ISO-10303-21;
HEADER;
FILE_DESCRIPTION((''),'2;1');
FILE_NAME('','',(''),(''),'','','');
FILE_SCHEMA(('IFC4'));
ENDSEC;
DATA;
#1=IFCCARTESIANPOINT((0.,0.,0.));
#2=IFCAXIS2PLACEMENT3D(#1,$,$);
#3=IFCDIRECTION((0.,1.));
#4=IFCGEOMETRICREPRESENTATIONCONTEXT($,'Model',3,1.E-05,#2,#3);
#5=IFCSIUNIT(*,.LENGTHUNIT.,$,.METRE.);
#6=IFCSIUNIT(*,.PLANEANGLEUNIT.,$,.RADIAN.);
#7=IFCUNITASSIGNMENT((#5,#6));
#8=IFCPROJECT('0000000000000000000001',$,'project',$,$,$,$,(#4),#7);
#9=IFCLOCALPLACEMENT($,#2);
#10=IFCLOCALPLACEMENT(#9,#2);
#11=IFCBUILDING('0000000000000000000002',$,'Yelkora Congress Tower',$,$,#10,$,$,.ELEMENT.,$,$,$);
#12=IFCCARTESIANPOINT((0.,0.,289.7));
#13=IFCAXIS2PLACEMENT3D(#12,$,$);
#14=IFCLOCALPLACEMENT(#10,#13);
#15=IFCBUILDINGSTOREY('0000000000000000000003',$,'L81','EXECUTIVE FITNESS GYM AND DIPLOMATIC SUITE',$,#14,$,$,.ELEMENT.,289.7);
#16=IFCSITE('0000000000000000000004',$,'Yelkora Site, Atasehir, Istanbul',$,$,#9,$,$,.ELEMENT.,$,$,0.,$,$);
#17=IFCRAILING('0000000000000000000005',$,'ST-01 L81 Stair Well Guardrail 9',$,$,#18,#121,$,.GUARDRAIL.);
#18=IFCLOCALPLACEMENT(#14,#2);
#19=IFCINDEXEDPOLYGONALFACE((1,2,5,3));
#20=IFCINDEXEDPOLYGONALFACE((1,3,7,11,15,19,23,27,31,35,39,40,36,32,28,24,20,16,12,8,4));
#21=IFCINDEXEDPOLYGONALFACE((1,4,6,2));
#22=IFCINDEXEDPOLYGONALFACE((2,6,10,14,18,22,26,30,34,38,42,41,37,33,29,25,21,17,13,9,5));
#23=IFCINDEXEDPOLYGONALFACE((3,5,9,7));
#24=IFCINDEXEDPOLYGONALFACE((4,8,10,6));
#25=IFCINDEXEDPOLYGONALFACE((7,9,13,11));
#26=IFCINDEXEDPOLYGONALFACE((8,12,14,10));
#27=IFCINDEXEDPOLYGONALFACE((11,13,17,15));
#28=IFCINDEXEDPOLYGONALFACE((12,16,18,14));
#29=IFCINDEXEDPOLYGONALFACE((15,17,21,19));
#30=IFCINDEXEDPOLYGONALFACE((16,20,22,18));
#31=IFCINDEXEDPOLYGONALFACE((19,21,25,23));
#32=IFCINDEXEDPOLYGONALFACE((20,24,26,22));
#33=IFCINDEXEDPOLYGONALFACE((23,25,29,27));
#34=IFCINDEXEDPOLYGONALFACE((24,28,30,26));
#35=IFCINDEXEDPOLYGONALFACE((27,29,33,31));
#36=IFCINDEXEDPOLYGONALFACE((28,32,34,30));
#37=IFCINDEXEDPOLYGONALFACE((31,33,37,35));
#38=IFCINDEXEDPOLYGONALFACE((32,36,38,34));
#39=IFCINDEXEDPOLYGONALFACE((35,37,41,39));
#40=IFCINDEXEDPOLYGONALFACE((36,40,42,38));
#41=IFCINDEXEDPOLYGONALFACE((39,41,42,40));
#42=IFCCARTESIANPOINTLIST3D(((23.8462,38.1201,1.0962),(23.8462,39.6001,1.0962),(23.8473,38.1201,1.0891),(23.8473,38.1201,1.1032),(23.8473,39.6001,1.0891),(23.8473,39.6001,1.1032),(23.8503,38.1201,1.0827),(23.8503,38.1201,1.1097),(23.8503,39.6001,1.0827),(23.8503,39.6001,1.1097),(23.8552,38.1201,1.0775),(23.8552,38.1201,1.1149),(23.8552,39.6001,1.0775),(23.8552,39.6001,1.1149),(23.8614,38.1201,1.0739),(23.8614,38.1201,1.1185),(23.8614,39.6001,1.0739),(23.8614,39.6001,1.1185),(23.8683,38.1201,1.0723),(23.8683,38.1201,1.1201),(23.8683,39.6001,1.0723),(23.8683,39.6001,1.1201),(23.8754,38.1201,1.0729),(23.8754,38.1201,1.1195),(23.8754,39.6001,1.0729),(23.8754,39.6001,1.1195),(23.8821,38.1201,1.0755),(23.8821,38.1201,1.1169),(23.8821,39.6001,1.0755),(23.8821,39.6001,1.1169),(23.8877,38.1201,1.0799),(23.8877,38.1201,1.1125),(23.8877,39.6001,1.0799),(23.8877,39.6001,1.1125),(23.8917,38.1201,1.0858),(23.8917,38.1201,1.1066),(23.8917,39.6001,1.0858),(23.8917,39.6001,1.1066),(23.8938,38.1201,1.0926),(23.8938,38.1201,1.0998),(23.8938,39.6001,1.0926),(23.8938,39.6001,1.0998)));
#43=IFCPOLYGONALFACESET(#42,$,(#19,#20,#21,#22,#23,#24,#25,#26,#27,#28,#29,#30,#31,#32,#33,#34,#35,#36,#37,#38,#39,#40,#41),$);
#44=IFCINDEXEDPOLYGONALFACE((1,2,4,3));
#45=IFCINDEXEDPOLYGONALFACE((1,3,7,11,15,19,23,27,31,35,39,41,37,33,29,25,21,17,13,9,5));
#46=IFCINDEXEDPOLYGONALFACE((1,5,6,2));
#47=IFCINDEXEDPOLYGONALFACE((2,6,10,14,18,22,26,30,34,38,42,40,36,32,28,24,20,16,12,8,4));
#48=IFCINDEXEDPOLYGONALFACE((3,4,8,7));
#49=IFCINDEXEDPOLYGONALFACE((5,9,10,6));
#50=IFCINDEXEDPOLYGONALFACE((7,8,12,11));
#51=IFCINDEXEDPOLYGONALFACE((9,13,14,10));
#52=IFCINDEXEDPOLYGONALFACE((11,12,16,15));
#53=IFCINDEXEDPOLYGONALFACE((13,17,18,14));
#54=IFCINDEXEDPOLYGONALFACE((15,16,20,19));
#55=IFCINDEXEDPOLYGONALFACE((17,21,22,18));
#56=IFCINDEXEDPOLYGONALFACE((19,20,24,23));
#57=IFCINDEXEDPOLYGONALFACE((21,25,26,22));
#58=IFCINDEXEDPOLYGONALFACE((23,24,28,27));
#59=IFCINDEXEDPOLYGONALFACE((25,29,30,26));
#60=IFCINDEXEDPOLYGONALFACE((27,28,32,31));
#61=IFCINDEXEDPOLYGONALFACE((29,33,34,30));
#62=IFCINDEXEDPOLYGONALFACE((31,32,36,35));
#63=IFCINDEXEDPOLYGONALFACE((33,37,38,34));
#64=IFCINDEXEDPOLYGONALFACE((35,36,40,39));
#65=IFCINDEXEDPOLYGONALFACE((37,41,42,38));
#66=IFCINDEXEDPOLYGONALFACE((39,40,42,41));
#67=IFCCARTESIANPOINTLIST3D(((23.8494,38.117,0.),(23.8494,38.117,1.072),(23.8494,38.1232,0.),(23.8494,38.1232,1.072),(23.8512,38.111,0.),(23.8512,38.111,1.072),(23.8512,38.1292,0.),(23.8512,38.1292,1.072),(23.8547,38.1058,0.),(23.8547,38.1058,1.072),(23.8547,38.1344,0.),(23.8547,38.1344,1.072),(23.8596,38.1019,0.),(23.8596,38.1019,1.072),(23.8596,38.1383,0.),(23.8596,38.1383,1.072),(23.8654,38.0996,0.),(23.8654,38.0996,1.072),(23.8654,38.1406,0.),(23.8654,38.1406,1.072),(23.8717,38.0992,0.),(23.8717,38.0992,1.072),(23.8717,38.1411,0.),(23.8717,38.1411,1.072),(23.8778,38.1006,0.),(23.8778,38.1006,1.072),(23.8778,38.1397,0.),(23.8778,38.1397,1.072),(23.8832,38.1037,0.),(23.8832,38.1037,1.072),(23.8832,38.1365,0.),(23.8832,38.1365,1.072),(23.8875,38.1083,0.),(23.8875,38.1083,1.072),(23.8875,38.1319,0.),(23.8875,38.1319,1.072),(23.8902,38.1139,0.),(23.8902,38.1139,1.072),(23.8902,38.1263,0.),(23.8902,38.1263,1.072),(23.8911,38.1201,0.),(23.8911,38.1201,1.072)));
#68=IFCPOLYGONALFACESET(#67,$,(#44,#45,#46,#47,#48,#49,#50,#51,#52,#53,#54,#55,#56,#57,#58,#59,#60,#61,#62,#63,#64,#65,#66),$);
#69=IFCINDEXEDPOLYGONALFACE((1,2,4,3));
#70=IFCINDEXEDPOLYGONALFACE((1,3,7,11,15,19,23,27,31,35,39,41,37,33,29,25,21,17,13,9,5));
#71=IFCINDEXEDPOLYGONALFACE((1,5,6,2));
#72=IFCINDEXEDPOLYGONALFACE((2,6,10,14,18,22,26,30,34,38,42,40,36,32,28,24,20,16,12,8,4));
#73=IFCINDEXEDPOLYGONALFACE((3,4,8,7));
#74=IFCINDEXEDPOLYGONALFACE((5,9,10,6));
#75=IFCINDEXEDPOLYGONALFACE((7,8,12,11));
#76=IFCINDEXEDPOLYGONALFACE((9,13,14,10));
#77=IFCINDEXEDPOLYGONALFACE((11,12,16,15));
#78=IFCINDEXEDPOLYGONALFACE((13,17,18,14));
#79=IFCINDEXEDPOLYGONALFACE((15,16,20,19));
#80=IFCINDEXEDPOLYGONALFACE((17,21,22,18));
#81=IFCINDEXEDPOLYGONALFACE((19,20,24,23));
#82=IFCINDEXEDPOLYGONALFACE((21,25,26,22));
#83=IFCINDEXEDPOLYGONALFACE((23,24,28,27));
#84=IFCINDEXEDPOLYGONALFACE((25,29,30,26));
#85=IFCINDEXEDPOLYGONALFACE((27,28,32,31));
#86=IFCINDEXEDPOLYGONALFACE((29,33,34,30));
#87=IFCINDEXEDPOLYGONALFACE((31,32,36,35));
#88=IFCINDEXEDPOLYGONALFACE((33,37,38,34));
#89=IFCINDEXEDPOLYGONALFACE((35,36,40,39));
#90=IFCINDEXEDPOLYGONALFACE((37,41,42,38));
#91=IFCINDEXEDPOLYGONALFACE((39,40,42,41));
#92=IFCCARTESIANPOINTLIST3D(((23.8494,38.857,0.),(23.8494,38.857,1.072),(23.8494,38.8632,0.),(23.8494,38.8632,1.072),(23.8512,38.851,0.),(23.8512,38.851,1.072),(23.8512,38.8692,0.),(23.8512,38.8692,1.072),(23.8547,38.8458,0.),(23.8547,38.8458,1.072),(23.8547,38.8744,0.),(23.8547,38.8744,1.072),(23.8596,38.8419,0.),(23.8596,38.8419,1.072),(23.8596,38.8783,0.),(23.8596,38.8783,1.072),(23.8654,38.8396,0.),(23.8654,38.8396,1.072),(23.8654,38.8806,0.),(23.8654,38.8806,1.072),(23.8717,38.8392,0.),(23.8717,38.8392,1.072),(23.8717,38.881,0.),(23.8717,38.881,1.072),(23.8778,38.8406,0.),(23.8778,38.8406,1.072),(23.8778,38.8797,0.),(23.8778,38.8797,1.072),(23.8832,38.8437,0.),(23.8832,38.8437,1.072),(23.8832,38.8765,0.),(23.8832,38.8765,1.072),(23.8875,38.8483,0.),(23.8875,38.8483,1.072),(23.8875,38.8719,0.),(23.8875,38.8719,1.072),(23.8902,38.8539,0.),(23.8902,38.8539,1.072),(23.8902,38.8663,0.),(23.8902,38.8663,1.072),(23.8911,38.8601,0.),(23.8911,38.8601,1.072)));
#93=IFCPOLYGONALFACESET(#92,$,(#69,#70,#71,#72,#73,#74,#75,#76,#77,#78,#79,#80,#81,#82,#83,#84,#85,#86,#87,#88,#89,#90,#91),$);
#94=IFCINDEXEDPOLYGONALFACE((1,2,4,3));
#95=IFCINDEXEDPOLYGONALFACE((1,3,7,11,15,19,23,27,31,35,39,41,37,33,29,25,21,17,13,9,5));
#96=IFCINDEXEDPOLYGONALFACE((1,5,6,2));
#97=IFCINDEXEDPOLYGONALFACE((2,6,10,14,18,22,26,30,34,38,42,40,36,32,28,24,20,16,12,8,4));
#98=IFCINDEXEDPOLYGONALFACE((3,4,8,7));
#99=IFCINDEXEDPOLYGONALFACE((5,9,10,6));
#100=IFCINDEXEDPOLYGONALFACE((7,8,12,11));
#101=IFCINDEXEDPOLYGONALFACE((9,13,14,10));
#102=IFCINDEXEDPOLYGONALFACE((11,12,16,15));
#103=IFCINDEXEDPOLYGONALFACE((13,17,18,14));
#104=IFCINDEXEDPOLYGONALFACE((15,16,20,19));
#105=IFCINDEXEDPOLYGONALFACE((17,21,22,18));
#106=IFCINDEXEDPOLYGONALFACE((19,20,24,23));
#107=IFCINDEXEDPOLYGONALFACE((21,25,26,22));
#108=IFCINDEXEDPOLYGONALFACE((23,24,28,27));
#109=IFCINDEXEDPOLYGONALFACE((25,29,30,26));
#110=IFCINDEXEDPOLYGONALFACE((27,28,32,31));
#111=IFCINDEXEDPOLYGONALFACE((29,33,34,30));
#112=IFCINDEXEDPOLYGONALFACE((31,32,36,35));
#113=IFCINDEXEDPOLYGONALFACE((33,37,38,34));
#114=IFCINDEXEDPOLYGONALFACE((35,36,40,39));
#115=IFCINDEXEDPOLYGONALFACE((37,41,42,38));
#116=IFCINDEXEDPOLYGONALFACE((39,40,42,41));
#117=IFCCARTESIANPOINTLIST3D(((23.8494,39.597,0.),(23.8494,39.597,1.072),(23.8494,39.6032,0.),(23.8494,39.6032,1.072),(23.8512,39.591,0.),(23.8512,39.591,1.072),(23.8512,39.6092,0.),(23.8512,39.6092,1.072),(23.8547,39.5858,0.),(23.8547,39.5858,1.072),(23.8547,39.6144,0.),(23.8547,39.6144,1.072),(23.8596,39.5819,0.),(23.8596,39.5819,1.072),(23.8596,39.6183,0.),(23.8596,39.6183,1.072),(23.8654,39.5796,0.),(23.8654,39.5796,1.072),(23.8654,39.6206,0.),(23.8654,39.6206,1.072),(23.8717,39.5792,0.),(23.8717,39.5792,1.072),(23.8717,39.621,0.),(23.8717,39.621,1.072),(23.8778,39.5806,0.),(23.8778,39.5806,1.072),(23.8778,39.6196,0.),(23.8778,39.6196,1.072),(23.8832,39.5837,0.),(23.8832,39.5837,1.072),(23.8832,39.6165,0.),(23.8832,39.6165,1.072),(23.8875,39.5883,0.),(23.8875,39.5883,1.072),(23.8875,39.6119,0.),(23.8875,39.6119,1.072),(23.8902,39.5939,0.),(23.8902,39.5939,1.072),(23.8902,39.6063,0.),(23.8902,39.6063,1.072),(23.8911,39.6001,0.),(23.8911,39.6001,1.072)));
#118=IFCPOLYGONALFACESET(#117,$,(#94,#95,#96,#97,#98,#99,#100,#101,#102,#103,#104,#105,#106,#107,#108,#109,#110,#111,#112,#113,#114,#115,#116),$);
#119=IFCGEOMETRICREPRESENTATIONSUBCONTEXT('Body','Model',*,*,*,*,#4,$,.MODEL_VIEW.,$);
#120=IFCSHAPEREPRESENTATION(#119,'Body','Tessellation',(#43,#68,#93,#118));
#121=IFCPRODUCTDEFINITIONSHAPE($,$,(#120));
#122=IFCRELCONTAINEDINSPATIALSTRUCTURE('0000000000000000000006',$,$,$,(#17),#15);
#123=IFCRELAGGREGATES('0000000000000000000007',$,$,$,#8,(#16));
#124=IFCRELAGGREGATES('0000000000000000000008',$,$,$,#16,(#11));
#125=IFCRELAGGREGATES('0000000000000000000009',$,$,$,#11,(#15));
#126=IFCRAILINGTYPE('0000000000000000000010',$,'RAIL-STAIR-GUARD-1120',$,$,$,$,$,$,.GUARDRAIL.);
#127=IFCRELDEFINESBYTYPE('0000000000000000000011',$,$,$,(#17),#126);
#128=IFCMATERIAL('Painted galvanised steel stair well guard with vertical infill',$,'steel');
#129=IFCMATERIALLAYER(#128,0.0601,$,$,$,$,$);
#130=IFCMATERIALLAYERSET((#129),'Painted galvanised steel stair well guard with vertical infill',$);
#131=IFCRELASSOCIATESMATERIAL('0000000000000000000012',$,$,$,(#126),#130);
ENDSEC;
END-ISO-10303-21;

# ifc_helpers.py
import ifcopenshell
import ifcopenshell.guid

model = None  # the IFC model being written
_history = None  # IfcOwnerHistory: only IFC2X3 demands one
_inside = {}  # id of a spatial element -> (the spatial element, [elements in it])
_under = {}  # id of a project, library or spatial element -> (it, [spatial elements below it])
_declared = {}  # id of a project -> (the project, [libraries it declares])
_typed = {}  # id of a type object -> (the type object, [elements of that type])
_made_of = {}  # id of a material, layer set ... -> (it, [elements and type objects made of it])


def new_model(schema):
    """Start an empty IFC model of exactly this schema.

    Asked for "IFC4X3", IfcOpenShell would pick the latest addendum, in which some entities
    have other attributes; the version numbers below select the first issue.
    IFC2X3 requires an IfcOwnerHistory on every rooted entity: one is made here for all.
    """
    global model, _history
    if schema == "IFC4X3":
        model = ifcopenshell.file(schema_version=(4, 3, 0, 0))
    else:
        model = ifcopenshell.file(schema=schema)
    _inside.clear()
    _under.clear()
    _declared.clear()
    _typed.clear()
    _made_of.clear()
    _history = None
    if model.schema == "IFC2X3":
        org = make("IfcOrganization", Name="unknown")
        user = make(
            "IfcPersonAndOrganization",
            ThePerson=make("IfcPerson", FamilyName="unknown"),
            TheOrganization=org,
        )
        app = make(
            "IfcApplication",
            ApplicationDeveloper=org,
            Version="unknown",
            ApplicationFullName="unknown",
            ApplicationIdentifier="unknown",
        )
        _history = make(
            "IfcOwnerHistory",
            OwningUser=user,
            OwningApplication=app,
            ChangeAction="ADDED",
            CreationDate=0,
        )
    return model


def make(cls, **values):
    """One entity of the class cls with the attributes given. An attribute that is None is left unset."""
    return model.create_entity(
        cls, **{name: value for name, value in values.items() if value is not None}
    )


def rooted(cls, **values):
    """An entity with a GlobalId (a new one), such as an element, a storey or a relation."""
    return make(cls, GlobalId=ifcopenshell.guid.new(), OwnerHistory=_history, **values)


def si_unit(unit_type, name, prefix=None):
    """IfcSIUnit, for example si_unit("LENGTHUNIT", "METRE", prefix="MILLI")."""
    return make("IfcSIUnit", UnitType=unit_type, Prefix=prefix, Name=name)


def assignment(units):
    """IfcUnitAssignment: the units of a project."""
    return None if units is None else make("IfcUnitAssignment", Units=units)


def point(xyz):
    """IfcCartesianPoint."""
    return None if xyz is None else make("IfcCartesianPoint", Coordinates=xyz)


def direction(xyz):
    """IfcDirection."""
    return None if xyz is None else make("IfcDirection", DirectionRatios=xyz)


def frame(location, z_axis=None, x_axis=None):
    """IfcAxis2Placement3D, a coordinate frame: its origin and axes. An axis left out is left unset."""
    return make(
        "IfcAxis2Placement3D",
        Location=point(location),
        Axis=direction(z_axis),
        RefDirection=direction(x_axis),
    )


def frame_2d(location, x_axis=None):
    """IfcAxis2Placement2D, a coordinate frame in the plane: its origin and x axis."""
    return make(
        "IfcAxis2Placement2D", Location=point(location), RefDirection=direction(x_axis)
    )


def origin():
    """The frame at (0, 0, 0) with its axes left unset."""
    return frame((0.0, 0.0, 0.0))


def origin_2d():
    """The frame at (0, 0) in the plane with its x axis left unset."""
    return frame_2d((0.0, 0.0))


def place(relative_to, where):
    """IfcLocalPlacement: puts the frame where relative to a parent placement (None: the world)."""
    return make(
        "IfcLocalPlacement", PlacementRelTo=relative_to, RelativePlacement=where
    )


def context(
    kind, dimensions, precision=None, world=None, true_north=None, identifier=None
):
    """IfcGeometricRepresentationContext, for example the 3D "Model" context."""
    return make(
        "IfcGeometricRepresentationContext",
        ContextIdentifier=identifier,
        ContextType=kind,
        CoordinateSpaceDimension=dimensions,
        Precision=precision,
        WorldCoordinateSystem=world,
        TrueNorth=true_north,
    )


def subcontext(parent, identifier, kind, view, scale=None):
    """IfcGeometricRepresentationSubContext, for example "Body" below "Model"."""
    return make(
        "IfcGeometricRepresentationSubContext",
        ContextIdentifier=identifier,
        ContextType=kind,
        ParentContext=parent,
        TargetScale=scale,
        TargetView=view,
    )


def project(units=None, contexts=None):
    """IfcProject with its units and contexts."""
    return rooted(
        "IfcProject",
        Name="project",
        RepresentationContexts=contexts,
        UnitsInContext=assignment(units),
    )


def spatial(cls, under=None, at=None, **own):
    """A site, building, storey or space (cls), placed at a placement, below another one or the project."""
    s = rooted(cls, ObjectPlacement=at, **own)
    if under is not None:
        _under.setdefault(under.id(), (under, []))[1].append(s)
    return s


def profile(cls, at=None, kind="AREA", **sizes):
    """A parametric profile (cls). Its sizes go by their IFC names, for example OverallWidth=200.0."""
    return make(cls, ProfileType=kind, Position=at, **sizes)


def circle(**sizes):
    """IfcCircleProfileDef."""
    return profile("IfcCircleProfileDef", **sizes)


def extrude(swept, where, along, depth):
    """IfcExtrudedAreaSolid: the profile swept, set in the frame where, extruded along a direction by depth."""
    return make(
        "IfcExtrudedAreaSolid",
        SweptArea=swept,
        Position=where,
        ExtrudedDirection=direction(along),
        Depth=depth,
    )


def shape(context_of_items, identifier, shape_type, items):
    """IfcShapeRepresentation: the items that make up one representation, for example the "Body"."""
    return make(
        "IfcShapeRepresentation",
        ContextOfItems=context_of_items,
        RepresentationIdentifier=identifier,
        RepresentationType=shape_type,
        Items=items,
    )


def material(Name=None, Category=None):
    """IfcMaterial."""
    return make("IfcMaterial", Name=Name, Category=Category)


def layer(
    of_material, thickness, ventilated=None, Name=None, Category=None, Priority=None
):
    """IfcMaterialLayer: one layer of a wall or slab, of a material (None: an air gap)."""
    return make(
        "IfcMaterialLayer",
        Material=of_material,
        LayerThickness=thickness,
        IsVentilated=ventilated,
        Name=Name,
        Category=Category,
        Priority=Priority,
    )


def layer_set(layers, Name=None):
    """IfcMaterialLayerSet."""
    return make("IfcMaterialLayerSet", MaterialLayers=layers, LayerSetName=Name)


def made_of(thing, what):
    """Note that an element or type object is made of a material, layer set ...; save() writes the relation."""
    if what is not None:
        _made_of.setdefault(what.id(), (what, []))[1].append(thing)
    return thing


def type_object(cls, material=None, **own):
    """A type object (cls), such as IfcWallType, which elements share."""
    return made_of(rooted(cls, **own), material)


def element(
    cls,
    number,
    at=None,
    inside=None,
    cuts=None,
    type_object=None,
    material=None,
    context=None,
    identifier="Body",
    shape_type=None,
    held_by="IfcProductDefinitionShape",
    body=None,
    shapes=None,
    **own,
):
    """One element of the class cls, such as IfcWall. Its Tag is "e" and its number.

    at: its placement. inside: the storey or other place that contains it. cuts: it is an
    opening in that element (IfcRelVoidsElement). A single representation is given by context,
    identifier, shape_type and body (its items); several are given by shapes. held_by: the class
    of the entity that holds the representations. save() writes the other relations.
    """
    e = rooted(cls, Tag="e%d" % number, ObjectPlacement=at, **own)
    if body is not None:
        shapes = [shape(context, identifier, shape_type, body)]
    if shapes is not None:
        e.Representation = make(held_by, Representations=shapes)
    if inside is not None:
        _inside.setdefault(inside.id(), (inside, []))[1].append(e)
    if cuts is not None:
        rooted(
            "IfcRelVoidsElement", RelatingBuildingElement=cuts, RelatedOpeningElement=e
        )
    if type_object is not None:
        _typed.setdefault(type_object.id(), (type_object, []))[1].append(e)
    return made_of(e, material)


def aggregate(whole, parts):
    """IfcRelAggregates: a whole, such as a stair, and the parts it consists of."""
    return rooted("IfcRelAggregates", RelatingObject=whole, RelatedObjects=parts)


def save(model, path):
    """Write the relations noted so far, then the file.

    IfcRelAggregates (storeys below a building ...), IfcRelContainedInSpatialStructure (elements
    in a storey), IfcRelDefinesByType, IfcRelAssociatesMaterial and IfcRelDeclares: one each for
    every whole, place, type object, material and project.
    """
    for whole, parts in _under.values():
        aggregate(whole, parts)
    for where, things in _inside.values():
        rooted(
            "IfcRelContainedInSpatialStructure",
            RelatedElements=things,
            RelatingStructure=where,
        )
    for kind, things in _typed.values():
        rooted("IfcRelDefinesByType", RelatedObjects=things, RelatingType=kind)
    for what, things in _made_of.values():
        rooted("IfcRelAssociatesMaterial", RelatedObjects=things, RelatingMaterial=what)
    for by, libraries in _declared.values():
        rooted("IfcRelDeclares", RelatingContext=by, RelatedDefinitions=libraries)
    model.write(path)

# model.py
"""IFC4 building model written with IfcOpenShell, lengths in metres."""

from ifc_helpers import new_model, si_unit, direction, frame, origin, origin_2d, place, context, subcontext, project, spatial, circle, extrude, material, layer, layer_set, type_object, element, save


model = new_model("IFC4")

# Units and contexts
model_context = context("Model", 3, precision=1e-05, world=origin(), true_north=direction((0.0, 1.0)))
body_context = subcontext(model_context, "Body", "Model", "MODEL_VIEW")
ifc_project = project(units=[si_unit("LENGTHUNIT", "METRE"), si_unit("PLANEANGLEUNIT", "RADIAN")], contexts=[model_context])

# Site, building, storey
site_placement = place(None, origin())
site = spatial("IfcSite", under=ifc_project, at=site_placement, Name="Yelkora Site, Atasehir, Istanbul", CompositionType="ELEMENT", RefElevation=0.0)
building_placement = place(site_placement, origin())
building = spatial("IfcBuilding", under=site, at=building_placement, Name="Yelkora Congress Tower", CompositionType="ELEMENT")
storey_placement = place(building_placement, frame((0.0, 0.0, 289.7)))
storey = spatial("IfcBuildingStorey", under=building, at=storey_placement, Name="L81", Description="EXECUTIVE FITNESS GYM AND DIPLOMATIC SUITE", CompositionType="ELEMENT", Elevation=289.7)

# Railing
ifc_material_1 = material(Name="Painted galvanised steel stair well guard with vertical infill", Category="steel")
ifc_layer_1 = layer(ifc_material_1, 0.0601)
ifc_layer_set_1 = layer_set([ifc_layer_1], Name="Painted galvanised steel stair well guard with vertical infill")
railing_type_1 = type_object("IfcRailingType", Name="RAIL-STAIR-GUARD-1120", PredefinedType="GUARDRAIL", material=ifc_layer_set_1)
for number, where, name in (
    (1, (23.8701, 38.1201, 0.0), "ST-01 L81 Stair Well Guardrail 9"),
):
    element("IfcRailing", number, at=place(storey_placement, frame(where)), inside=storey, type_object=railing_type_1, Name=name, PredefinedType="GUARDRAIL", context=body_context, shape_type="SweptSolid", body=[
        extrude(circle(Radius=0.0239, at=origin_2d()), frame((0.0, 0.0, 1.0962), z_axis=(0.0, 1.0, 0.0), x_axis=(-1.0, 0.0, 0.0)), (0.0, 0.0, 1.0), 1.48),
        extrude(circle(Radius=0.021, at=origin_2d()), origin(), (0.0, 0.0, 1.0), 1.072),
        extrude(circle(Radius=0.021, at=origin_2d()), frame((0.0, 0.74, 0.0)), (0.0, 0.0, 1.0), 1.072),
        extrude(circle(Radius=0.021, at=origin_2d()), frame((0.0, 1.48, 0.0)), (0.0, 0.0, 1.0), 1.072),
    ])

save(model, "model.ifc")
